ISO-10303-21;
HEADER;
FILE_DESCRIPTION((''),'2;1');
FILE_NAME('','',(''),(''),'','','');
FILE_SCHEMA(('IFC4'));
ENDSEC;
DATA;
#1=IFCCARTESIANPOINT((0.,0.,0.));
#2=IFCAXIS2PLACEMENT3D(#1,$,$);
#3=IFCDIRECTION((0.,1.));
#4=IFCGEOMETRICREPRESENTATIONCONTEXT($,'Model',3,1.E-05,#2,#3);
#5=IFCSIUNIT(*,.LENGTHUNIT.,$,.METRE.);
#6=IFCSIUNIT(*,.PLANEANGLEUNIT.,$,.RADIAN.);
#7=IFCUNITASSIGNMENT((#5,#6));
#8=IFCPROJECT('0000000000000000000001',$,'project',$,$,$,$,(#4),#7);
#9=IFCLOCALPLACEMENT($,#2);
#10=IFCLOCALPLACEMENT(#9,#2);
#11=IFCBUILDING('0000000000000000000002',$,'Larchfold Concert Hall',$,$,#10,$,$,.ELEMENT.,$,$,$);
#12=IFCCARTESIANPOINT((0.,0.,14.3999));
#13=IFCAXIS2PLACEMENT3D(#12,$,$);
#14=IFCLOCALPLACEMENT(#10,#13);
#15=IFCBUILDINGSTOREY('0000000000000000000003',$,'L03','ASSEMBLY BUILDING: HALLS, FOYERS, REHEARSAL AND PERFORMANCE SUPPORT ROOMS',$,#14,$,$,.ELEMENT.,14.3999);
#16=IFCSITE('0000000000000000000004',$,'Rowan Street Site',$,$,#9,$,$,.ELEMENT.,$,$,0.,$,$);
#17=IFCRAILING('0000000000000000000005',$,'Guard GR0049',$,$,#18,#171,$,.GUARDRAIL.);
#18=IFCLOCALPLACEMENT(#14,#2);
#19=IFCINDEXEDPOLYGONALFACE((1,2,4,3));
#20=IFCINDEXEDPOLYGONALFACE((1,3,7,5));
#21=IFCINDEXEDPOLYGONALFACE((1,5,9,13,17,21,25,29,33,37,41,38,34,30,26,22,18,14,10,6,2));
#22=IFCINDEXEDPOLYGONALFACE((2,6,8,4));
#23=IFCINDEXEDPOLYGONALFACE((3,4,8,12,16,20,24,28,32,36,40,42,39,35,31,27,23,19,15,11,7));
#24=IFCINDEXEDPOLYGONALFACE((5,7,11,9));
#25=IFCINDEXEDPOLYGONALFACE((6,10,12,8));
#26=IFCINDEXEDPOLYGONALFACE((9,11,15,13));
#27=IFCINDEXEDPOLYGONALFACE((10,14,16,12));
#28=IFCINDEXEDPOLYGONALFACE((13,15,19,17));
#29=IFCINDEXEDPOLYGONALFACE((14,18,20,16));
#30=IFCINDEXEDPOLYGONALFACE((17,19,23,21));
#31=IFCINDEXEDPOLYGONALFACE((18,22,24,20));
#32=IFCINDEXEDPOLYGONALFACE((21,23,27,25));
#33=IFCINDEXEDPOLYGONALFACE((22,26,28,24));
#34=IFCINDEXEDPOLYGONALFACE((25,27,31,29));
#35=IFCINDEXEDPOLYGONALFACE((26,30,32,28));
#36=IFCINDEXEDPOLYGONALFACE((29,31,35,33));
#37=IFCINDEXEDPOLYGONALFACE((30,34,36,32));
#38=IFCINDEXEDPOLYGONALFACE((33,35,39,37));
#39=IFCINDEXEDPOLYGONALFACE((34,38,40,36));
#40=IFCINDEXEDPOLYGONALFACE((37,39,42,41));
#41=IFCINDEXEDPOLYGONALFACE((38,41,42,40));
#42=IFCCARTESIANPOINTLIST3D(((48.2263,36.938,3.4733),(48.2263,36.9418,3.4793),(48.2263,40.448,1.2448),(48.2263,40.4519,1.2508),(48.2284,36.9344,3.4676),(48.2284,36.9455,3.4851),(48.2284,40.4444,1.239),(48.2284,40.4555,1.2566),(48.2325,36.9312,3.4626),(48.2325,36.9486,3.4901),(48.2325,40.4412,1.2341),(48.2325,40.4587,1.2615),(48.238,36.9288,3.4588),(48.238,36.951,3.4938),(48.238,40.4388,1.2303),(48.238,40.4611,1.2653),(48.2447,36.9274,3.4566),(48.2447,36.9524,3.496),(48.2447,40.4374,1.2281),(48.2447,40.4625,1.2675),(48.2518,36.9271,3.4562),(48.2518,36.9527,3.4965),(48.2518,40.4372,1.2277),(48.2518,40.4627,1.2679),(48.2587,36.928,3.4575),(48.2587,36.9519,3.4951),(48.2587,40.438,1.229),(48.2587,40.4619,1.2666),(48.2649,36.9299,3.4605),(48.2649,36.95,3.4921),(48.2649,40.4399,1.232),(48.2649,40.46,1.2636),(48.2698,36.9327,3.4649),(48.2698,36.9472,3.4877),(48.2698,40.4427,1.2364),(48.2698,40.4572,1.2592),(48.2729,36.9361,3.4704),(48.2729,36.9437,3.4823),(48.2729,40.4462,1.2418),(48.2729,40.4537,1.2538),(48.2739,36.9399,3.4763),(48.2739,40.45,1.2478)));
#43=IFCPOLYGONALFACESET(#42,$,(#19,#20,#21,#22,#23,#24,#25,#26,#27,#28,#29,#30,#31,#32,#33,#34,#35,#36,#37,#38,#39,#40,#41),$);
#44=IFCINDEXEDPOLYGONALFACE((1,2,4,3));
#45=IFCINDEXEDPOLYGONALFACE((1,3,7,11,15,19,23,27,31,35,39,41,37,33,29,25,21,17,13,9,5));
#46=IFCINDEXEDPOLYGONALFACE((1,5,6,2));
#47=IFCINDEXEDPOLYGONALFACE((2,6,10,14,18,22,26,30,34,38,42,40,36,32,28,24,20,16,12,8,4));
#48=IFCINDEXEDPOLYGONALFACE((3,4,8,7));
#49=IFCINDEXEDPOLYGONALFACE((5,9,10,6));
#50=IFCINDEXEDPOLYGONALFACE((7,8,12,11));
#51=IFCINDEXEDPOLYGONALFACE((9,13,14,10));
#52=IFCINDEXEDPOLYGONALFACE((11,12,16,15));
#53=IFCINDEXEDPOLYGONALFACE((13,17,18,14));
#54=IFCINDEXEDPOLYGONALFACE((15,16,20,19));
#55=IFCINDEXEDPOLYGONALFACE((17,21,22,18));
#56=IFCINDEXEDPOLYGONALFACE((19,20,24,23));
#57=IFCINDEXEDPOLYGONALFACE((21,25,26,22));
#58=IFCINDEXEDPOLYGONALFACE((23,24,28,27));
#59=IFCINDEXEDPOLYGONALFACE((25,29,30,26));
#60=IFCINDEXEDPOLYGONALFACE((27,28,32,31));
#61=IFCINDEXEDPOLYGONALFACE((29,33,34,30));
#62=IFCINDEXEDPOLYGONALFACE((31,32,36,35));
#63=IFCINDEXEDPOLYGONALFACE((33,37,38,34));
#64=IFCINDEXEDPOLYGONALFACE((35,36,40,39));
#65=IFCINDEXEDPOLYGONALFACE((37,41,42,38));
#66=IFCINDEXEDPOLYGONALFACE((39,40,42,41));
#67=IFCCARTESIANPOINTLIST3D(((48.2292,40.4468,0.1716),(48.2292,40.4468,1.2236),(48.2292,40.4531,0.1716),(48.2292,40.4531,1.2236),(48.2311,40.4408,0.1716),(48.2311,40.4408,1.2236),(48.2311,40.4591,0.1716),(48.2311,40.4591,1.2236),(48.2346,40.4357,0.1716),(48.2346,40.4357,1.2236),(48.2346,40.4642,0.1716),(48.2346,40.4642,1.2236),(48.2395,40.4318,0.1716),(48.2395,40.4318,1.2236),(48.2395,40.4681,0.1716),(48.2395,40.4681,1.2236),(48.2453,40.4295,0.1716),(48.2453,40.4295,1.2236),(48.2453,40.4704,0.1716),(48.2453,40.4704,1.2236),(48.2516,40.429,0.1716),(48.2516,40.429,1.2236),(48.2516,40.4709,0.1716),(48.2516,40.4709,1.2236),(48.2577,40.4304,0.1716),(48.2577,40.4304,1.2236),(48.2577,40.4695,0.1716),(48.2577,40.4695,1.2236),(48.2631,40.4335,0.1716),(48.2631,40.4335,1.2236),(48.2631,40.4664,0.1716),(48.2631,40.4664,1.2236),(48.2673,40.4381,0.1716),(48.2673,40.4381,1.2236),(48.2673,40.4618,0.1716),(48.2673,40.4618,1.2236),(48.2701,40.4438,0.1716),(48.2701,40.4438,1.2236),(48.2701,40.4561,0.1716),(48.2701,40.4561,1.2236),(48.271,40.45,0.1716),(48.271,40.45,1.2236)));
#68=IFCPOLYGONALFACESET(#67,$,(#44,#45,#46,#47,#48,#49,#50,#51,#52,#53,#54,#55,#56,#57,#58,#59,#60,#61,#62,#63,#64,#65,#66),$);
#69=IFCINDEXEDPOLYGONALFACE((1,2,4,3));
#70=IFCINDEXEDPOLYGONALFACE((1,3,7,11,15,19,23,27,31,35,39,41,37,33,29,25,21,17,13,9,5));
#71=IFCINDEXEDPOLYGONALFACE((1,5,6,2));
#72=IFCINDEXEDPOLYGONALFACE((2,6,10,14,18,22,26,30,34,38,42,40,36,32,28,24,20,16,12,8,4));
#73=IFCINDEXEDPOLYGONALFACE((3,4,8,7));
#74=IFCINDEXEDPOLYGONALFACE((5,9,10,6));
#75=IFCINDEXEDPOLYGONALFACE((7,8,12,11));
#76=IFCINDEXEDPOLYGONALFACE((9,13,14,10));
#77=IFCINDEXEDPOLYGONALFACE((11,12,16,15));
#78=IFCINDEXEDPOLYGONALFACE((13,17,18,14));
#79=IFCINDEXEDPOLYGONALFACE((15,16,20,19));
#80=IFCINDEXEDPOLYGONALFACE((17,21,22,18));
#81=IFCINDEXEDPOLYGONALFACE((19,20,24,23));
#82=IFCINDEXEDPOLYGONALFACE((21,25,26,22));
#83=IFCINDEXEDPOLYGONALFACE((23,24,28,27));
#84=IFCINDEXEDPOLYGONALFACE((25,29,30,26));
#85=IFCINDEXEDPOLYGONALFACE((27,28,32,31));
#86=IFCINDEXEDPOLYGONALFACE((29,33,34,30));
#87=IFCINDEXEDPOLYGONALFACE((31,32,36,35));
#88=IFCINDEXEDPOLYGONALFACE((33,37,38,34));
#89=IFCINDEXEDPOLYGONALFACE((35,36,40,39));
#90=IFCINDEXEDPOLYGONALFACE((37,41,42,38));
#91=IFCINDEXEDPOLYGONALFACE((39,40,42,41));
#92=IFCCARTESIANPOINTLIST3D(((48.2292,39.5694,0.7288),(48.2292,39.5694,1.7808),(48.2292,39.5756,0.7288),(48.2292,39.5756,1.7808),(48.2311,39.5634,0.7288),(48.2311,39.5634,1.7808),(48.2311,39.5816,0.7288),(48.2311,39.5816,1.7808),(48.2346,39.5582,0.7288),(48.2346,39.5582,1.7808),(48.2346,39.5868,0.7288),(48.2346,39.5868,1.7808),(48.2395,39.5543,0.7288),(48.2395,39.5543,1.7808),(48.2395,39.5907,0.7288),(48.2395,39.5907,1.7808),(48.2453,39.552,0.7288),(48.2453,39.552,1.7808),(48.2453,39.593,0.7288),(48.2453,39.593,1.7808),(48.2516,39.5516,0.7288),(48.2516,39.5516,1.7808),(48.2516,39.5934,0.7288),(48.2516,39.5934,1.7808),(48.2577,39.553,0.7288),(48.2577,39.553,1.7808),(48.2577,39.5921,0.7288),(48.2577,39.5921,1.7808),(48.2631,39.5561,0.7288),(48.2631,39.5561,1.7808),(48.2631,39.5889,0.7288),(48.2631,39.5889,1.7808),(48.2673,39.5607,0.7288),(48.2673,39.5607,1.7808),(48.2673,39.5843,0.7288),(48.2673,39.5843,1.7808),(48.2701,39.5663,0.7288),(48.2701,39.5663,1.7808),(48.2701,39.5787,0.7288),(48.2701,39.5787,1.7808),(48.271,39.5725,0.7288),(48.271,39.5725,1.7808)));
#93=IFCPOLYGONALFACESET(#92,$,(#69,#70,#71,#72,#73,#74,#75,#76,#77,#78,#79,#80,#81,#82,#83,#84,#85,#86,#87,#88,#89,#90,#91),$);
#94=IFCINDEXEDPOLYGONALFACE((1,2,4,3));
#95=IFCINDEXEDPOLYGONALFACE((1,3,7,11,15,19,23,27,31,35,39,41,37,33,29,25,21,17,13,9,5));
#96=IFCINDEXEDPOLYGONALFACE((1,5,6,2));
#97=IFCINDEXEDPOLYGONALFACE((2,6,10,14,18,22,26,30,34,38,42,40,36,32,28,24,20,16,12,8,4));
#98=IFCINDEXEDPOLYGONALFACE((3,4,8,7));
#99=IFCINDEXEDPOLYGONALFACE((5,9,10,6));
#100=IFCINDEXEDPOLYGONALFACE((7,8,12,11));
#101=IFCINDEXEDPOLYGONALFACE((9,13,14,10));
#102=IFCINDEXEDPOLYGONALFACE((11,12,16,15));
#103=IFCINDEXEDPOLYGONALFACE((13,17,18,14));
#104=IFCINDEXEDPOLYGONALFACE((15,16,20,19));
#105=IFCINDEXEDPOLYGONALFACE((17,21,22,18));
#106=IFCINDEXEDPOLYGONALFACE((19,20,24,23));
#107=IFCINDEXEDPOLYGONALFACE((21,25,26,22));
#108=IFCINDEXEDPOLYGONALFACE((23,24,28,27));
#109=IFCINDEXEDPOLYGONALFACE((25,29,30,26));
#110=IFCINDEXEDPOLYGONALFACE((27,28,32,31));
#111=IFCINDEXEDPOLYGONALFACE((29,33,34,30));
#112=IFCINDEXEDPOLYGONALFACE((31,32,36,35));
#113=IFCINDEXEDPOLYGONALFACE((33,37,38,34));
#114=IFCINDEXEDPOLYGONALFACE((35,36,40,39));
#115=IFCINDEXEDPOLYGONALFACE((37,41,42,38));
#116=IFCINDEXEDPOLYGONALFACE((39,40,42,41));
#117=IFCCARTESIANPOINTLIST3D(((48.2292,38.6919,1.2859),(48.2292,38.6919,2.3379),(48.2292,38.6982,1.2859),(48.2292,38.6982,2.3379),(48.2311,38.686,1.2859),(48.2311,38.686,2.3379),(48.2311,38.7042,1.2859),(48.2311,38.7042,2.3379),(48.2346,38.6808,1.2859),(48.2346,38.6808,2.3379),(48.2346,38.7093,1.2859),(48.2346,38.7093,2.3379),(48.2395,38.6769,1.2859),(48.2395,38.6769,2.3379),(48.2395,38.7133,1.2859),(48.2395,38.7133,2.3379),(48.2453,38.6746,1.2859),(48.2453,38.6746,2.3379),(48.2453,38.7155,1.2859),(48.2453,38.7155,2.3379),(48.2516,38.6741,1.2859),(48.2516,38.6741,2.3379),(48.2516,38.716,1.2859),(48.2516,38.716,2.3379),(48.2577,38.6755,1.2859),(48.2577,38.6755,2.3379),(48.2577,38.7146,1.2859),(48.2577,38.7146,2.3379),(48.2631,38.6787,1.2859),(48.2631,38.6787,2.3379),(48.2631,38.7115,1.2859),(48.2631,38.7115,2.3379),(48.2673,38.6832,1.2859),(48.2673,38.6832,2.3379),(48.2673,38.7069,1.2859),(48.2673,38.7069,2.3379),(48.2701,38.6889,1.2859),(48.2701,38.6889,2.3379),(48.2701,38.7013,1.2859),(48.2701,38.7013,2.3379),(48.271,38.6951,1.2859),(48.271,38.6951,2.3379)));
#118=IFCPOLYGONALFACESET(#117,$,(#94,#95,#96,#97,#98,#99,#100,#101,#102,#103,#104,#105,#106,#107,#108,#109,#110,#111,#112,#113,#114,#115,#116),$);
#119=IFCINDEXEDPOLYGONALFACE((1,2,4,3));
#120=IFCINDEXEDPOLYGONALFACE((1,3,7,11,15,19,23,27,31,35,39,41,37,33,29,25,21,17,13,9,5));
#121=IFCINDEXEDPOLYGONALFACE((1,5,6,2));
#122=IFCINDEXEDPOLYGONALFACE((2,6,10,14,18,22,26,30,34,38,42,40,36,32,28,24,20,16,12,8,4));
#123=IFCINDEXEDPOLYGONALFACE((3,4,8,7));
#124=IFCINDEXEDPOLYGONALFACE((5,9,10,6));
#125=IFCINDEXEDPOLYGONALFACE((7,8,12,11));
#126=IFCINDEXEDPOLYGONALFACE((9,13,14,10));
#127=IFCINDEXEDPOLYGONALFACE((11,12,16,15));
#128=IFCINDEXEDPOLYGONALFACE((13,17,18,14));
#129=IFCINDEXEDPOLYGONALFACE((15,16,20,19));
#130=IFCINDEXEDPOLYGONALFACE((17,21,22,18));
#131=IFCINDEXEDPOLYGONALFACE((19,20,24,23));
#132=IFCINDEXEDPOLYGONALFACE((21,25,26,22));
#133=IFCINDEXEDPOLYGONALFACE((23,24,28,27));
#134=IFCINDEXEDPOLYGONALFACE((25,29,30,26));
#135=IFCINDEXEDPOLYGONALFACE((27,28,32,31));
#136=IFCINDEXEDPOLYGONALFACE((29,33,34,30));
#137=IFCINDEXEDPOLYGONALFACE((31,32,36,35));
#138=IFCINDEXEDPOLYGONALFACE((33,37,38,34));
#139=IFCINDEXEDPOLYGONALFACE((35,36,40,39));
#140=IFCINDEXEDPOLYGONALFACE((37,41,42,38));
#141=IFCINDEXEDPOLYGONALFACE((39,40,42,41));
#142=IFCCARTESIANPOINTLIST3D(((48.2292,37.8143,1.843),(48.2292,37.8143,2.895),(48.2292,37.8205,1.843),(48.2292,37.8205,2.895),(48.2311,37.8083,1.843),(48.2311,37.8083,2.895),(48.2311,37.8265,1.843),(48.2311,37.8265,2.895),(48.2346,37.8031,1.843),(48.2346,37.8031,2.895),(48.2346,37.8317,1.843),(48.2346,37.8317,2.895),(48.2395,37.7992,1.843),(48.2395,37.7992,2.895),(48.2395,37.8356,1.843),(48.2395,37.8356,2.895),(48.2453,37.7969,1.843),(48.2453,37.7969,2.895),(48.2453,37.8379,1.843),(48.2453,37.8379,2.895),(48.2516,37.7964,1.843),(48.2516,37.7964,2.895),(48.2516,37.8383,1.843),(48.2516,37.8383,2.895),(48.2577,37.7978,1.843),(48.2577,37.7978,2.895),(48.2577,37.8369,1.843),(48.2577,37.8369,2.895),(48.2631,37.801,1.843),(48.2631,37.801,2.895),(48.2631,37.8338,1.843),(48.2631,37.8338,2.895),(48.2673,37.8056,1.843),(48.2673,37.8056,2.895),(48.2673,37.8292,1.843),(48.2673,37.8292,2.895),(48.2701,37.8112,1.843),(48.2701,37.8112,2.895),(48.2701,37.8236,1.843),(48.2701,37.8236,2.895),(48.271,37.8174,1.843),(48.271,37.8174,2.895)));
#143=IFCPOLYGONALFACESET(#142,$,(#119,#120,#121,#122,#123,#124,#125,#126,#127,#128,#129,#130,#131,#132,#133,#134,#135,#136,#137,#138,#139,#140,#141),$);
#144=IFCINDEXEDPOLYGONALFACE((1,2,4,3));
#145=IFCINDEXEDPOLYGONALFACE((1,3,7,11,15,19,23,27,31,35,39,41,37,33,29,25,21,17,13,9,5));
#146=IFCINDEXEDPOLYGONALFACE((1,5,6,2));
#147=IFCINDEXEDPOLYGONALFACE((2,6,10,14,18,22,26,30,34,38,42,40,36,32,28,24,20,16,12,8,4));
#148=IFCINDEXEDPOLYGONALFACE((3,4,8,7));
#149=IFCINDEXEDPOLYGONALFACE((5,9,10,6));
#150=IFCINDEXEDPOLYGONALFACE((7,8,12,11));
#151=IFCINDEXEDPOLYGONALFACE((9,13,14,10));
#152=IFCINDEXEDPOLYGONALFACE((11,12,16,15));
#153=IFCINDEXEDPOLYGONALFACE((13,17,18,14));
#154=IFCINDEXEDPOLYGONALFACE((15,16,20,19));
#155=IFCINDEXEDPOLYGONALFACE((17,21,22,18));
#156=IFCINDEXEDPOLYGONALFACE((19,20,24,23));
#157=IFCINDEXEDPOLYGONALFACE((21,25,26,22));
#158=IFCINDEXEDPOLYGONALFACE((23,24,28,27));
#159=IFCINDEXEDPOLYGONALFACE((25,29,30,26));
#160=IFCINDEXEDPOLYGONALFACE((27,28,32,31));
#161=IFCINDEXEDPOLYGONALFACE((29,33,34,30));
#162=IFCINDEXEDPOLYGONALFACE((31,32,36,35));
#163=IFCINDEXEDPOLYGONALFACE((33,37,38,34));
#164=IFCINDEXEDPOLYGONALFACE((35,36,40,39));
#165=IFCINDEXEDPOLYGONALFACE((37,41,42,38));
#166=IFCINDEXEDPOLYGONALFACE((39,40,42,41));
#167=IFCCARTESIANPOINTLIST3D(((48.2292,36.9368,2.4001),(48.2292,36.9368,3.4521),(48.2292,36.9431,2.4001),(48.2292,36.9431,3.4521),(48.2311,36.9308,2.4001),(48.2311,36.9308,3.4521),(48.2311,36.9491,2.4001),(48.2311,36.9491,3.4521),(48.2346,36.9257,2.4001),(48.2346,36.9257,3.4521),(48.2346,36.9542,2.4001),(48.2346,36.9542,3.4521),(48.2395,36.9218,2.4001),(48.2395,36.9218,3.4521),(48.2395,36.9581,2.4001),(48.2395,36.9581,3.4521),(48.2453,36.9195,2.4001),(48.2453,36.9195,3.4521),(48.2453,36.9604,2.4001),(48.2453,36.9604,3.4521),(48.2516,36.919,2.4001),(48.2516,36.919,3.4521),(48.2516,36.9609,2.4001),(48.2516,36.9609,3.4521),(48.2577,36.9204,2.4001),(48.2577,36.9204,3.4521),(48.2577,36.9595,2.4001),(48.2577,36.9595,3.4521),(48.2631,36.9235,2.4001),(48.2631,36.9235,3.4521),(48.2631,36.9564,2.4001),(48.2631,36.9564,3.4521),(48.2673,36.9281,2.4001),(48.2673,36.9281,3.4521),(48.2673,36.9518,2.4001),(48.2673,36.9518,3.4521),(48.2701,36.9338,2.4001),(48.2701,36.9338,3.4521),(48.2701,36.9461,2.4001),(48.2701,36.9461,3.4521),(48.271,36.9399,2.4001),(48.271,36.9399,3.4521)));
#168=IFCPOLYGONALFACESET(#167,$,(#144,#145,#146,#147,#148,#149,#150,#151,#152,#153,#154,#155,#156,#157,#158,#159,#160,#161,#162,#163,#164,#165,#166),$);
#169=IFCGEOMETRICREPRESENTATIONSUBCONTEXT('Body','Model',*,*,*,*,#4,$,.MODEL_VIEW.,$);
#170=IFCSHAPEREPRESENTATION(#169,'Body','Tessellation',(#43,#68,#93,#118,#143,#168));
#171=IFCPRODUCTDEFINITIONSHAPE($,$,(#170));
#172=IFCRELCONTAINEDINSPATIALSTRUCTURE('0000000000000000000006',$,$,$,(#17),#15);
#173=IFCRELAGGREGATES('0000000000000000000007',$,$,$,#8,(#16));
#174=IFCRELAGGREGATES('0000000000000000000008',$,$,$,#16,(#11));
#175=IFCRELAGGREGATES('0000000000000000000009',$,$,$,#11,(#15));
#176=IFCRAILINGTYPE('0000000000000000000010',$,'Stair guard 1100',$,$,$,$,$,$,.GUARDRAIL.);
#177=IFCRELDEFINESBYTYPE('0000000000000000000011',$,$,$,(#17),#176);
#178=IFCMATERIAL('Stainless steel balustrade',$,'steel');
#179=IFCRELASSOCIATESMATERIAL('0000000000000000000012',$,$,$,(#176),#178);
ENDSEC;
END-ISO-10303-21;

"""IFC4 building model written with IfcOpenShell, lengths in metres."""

from ifc_helpers import new_model, si_unit, direction, frame, origin, origin_2d, place, context, subcontext, project, spatial, circle, extrude, material, type_object, element, save


model = new_model("IFC4")

# Units and contexts
model_context = context("Model", 3, precision=1e-05, world=origin(), true_north=direction((0.0, 1.0)))
body_context = subcontext(model_context, "Body", "Model", "MODEL_VIEW")
ifc_project = project(units=[si_unit("LENGTHUNIT", "METRE"), si_unit("PLANEANGLEUNIT", "RADIAN")], contexts=[model_context])

# Site, building, storey
site_placement = place(None, origin())
site = spatial("IfcSite", under=ifc_project, at=site_placement, Name="Rowan Street Site", CompositionType="ELEMENT", RefElevation=0.0)
building_placement = place(site_placement, origin())
building = spatial("IfcBuilding", under=site, at=building_placement, Name="Larchfold Concert Hall", CompositionType="ELEMENT")
storey_placement = place(building_placement, frame((0.0, 0.0, 14.3999)))
storey = spatial("IfcBuildingStorey", under=building, at=storey_placement, Name="L03", Description="ASSEMBLY BUILDING: HALLS, FOYERS, REHEARSAL AND PERFORMANCE SUPPORT ROOMS", CompositionType="ELEMENT", Elevation=14.3999)

# Railing
ifc_material_1 = material(Name="Stainless steel balustrade", Category="steel")
railing_type_1 = type_object("IfcRailingType", Name="Stair guard 1100", PredefinedType="GUARDRAIL", material=ifc_material_1)
railing_1_placement = place(storey_placement, frame((48.25, 40.45, 0.1716)))
element("IfcRailing", 1, at=railing_1_placement, inside=storey, type_object=railing_type_1, Name="Guard GR0049", PredefinedType="GUARDRAIL", context=body_context, shape_type="SweptSolid", body=[
    extrude(circle(Radius=0.0239, at=origin_2d()), frame((0.0, 0.0, 1.0762), z_axis=(0.0, -0.84422, 0.535998), x_axis=(1.0, 0.0, 0.0)), (0.0, 0.0, 1.0), 4.1577),
    extrude(circle(Radius=0.021, at=origin_2d()), origin(), (0.0, 0.0, 1.0), 1.052),
    extrude(circle(Radius=0.021, at=origin_2d()), frame((0.0, -0.8774, 0.5571)), (0.0, 0.0, 1.0), 1.052),
    extrude(circle(Radius=0.021, at=origin_2d()), frame((0.0, -1.7549, 1.1143)), (0.0, 0.0, 1.0), 1.052),
    extrude(circle(Radius=0.021, at=origin_2d()), frame((0.0, -2.6326, 1.6714)), (0.0, 0.0, 1.0), 1.052),
    extrude(circle(Radius=0.021, at=origin_2d()), frame((0.0, -3.51, 2.2285)), (0.0, 0.0, 1.0), 1.052),
])

save(model, "model.ifc")
